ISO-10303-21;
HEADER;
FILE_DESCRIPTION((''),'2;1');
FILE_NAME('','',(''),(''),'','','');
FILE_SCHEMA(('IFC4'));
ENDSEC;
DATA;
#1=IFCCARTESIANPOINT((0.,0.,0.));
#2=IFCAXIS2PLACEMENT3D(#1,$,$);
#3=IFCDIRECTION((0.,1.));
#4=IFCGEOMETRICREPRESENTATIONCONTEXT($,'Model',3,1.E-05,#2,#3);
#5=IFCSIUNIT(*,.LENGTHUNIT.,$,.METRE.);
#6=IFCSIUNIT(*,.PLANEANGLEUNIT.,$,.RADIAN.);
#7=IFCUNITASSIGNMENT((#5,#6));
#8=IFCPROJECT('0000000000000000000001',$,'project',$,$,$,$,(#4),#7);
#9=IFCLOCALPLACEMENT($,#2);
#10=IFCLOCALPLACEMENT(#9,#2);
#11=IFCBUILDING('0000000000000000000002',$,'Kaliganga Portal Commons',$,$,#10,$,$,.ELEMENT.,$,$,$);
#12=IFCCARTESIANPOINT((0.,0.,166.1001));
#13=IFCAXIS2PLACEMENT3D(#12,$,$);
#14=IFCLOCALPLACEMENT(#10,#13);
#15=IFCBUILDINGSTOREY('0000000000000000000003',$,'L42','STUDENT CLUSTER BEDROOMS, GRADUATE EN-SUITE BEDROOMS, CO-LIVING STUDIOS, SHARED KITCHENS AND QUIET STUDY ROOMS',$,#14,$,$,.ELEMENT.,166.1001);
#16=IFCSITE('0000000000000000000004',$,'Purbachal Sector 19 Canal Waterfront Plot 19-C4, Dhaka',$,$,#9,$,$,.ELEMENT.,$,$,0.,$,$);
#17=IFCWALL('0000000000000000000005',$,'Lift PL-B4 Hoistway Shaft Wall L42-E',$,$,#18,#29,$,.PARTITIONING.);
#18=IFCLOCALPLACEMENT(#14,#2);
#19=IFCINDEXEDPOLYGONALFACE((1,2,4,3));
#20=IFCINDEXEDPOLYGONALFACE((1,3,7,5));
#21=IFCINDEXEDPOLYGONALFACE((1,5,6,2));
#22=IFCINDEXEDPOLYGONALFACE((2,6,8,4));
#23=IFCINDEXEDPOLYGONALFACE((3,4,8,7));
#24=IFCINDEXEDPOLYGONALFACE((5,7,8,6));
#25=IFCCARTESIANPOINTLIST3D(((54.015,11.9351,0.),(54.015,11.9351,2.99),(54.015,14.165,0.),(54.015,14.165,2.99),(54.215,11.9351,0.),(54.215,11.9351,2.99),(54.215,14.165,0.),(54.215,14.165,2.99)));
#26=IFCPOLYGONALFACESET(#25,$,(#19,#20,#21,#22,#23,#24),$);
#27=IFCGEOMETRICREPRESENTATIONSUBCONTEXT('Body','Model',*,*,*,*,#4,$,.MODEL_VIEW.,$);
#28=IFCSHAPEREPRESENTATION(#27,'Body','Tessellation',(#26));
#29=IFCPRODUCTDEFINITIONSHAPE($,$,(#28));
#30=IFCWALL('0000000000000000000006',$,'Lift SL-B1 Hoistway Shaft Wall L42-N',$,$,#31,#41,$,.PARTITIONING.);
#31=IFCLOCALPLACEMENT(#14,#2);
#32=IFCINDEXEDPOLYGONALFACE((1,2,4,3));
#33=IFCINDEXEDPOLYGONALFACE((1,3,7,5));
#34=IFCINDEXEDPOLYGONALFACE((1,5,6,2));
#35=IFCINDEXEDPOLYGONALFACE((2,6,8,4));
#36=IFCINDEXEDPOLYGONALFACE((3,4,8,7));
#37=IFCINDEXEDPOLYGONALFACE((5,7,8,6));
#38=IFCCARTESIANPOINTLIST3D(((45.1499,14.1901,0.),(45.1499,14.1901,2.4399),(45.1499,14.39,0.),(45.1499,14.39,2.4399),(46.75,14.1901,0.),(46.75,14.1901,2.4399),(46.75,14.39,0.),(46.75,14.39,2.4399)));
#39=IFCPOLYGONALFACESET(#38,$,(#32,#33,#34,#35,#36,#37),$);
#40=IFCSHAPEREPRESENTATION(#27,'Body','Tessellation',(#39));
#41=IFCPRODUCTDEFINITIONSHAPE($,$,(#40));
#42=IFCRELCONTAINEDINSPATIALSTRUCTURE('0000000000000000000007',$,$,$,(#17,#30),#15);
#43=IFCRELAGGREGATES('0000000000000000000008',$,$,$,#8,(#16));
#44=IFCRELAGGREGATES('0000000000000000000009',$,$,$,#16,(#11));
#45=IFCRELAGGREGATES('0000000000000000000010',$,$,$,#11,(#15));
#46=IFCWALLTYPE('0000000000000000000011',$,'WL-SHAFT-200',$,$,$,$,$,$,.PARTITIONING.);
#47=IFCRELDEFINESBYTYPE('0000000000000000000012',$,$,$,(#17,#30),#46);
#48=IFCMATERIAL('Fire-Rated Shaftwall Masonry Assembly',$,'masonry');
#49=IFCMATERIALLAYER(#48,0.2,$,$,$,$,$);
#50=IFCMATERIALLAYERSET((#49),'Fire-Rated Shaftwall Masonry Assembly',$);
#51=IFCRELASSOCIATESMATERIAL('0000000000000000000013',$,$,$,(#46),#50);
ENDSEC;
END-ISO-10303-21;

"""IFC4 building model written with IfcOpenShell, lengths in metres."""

from ifc_helpers import new_model, si_unit, direction, frame, frame_2d, origin, place, context, subcontext, project, spatial, rectangle, extrude, material, layer, layer_set, type_object, element, save


model = new_model("IFC4")

# Units and contexts
model_context = context("Model", 3, precision=1e-05, world=origin(), true_north=direction((0.0, 1.0)))
body_context = subcontext(model_context, "Body", "Model", "MODEL_VIEW")
ifc_project = project(units=[si_unit("LENGTHUNIT", "METRE"), si_unit("PLANEANGLEUNIT", "RADIAN")], contexts=[model_context])

# Site, building, storey
site_placement = place(None, origin())
site = spatial("IfcSite", under=ifc_project, at=site_placement, Name="Purbachal Sector 19 Canal Waterfront Plot 19-C4, Dhaka", CompositionType="ELEMENT", RefElevation=0.0)
building_placement = place(site_placement, origin())
building = spatial("IfcBuilding", under=site, at=building_placement, Name="Kaliganga Portal Commons", CompositionType="ELEMENT")
storey_placement = place(building_placement, frame((0.0, 0.0, 166.1001)))
storey = spatial("IfcBuildingStorey", under=building, at=storey_placement, Name="L42", Description="STUDENT CLUSTER BEDROOMS, GRADUATE EN-SUITE BEDROOMS, CO-LIVING STUDIOS, SHARED KITCHENS AND QUIET STUDY ROOMS", CompositionType="ELEMENT", Elevation=166.1001)

# Shared definitions
ifc_material_1 = material(Name="Fire-Rated Shaftwall Masonry Assembly", Category="masonry")
ifc_layer_1 = layer(ifc_material_1, 0.2)
ifc_layer_set_1 = layer_set([ifc_layer_1], Name="Fire-Rated Shaftwall Masonry Assembly")
wall_type_1 = type_object("IfcWallType", Name="WL-SHAFT-200", PredefinedType="PARTITIONING", material=ifc_layer_set_1)

# Wall
wall_1_placement = place(storey_placement, frame((54.115, 11.9351, 0.0), z_axis=(0.0, 0.0, 1.0), x_axis=(0.0, 1.0, 0.0)))
element("IfcWall", 1, at=wall_1_placement, inside=storey, type_object=wall_type_1, Name="Lift PL-B4 Hoistway Shaft Wall L42-E", PredefinedType="PARTITIONING", context=body_context, shape_type="SweptSolid", body=[
    extrude(rectangle(XDim=2.23, YDim=0.2, at=frame_2d((1.115, 0.0))), origin(), (0.0, 0.0, 1.0), 2.99),
])

# Wall
wall_2_placement = place(storey_placement, frame((45.1499, 14.29, 0.0), z_axis=(0.0, 0.0, 1.0), x_axis=(1.0, 0.0, 0.0)))
element("IfcWall", 2, at=wall_2_placement, inside=storey, type_object=wall_type_1, Name="Lift SL-B1 Hoistway Shaft Wall L42-N", PredefinedType="PARTITIONING", context=body_context, shape_type="SweptSolid", body=[
    extrude(rectangle(XDim=1.6001, YDim=0.2, at=frame_2d((0.8, 0.0))), origin(), (0.0, 0.0, 1.0), 2.4399),
])

save(model, "model.ifc")
